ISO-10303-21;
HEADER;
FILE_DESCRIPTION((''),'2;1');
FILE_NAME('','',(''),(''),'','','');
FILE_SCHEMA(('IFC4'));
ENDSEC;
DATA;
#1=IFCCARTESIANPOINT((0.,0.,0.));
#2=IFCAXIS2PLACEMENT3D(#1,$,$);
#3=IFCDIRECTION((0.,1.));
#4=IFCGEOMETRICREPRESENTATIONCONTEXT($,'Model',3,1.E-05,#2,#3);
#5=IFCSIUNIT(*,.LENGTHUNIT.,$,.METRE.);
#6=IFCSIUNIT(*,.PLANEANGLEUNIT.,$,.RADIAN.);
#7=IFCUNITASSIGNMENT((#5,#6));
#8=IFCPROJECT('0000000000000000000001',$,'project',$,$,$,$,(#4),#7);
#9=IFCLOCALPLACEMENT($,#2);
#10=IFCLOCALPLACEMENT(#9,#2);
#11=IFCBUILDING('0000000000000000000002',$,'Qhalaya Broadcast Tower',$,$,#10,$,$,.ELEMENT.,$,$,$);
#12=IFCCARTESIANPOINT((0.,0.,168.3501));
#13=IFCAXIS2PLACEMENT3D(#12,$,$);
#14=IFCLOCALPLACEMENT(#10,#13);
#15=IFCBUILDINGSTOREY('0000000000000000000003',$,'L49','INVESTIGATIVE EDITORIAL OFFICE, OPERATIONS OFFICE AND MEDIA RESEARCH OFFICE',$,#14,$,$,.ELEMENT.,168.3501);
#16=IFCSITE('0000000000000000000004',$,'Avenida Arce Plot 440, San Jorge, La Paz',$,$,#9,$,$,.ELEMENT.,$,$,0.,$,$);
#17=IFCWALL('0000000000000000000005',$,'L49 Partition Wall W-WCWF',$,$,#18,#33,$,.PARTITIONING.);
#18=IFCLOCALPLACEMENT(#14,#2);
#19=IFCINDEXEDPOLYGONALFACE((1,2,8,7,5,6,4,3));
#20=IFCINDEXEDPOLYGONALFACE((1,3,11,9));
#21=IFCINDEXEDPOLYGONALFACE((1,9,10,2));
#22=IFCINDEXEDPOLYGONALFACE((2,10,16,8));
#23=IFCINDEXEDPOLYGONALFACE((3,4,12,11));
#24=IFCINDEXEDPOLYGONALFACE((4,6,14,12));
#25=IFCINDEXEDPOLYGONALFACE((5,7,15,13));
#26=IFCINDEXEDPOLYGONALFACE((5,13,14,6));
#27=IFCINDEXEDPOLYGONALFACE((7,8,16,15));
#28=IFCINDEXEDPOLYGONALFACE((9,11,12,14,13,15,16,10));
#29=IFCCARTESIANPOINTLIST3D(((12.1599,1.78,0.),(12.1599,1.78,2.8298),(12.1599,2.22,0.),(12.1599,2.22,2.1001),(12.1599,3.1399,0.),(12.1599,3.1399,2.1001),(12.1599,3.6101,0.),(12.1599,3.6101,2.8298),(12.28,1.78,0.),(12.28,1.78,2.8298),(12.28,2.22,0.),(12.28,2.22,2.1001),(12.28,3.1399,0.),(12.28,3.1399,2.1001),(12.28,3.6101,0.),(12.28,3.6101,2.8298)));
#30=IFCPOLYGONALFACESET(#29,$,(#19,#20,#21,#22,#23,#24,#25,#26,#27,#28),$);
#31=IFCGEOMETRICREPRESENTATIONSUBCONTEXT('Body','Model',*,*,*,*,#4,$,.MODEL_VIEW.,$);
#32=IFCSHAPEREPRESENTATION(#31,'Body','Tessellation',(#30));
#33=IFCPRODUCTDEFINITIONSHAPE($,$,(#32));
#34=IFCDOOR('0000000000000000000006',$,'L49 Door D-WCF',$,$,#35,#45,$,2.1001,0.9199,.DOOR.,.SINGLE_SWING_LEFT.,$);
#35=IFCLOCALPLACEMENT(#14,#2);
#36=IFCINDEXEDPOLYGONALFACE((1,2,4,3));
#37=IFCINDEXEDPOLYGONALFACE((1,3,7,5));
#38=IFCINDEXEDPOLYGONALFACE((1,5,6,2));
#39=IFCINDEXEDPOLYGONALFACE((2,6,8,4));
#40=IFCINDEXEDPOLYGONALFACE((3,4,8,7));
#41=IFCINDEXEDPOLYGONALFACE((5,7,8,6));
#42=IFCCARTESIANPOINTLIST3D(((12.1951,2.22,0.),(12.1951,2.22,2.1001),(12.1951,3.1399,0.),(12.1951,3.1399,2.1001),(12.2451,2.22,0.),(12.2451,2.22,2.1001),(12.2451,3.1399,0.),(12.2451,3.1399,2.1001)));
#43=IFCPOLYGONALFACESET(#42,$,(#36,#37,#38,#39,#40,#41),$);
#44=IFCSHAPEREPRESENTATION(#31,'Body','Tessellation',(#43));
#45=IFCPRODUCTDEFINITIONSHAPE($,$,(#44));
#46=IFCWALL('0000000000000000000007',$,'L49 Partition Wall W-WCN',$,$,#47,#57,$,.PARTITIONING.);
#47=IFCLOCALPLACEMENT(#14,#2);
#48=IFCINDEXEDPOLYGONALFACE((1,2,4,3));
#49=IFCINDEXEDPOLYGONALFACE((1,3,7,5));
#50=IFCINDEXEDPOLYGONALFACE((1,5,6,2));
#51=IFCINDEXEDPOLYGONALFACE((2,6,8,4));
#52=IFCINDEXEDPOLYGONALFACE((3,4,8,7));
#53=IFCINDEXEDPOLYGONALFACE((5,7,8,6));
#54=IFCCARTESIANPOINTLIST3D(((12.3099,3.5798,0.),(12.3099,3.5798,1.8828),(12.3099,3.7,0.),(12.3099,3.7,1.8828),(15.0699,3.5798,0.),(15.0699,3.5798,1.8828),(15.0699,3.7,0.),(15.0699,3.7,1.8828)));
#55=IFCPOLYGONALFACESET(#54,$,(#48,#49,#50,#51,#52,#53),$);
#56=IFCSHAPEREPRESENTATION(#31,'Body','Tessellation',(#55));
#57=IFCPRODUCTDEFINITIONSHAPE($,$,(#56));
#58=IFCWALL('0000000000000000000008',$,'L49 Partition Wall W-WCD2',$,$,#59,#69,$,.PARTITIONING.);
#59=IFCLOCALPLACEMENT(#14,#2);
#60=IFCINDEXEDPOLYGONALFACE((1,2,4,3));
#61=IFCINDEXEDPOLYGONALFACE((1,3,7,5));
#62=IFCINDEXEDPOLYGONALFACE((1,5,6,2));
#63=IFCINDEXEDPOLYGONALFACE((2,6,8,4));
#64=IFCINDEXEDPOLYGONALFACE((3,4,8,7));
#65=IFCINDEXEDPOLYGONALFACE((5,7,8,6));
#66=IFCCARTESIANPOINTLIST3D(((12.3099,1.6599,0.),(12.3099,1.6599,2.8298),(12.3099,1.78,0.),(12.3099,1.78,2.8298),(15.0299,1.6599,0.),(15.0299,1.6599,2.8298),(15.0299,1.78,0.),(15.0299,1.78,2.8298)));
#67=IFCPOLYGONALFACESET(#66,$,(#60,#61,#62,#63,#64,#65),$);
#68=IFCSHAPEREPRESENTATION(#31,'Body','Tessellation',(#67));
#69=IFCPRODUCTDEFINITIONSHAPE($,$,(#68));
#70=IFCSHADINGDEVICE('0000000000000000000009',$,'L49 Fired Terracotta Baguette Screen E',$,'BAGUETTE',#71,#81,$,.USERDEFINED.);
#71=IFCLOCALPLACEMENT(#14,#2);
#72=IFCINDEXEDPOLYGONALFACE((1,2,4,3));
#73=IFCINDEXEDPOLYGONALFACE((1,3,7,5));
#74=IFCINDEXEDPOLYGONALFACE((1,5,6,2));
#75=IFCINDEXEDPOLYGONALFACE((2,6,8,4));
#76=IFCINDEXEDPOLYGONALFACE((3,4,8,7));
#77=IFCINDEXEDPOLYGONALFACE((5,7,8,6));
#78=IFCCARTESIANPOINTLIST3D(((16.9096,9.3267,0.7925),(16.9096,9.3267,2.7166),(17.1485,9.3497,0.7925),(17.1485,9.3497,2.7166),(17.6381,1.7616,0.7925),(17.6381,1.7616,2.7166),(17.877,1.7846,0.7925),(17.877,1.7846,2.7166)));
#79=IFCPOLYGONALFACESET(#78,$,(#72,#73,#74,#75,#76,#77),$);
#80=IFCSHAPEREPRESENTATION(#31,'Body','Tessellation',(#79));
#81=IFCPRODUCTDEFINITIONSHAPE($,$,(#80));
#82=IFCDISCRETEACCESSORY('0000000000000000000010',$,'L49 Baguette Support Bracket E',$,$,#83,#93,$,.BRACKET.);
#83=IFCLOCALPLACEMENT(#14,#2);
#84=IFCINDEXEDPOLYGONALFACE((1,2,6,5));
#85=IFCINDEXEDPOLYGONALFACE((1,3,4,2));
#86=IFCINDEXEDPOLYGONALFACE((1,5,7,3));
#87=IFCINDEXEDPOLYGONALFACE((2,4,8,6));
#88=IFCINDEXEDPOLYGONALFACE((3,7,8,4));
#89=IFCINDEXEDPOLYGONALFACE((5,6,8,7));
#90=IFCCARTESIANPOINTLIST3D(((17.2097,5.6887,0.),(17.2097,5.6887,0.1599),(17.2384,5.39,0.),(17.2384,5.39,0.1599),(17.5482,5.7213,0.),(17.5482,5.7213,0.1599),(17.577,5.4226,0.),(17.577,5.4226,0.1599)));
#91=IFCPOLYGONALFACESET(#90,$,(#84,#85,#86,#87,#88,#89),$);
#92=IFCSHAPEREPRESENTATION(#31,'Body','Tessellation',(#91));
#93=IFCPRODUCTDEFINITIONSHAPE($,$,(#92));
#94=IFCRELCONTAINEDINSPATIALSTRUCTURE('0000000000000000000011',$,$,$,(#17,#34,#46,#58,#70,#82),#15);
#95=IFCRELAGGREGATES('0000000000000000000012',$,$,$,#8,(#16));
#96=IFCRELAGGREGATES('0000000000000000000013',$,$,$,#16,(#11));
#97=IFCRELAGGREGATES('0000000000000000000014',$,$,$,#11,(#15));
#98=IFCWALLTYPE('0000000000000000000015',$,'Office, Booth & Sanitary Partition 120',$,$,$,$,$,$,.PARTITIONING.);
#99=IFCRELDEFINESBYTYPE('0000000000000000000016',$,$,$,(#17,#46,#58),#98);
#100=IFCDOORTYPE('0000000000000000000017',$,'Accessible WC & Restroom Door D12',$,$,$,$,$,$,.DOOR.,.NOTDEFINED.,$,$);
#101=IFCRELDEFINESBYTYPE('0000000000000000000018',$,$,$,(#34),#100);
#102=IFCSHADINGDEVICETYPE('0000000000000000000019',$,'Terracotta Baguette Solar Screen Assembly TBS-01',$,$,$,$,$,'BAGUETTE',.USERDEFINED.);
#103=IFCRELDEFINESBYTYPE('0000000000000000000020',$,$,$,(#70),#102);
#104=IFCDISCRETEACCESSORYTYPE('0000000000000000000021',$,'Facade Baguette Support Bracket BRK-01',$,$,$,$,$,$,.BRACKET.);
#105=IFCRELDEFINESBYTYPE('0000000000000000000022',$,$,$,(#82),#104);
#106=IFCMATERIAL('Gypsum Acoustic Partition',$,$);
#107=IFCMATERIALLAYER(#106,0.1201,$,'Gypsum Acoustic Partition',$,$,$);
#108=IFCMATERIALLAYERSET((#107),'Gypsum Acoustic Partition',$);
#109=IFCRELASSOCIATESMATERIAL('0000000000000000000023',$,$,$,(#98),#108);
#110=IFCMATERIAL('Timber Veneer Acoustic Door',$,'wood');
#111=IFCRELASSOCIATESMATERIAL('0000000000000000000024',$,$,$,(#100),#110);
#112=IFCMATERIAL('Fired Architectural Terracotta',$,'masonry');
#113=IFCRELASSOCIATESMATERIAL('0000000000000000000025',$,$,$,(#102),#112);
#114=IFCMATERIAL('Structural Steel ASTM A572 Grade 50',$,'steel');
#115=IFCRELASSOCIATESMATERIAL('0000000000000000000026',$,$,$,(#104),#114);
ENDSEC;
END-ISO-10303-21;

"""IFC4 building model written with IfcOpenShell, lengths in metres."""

from ifc_helpers import new_model, si_unit, direction, frame, frame_2d, origin, origin_2d, place, context, subcontext, project, spatial, rectangle, extrude, material, layer, layer_set, type_object, element, fill, save


model = new_model("IFC4")

# Units and contexts
model_context = context("Model", 3, precision=1e-05, world=origin(), true_north=direction((0.0, 1.0)))
body_context = subcontext(model_context, "Body", "Model", "MODEL_VIEW")
ifc_project = project(units=[si_unit("LENGTHUNIT", "METRE"), si_unit("PLANEANGLEUNIT", "RADIAN")], contexts=[model_context])

# Site, building, storey
site_placement = place(None, origin())
site = spatial("IfcSite", under=ifc_project, at=site_placement, Name="Avenida Arce Plot 440, San Jorge, La Paz", CompositionType="ELEMENT", RefElevation=0.0)
building_placement = place(site_placement, origin())
building = spatial("IfcBuilding", under=site, at=building_placement, Name="Qhalaya Broadcast Tower", CompositionType="ELEMENT")
storey_placement = place(building_placement, frame((0.0, 0.0, 168.3501)))
storey = spatial("IfcBuildingStorey", under=building, at=storey_placement, Name="L49", Description="INVESTIGATIVE EDITORIAL OFFICE, OPERATIONS OFFICE AND MEDIA RESEARCH OFFICE", CompositionType="ELEMENT", Elevation=168.3501)

# Shared definitions
ifc_material_1 = material(Name="Structural Steel ASTM A572 Grade 50", Category="steel")

# Shared definitions
ifc_material_2 = material(Name="Fired Architectural Terracotta", Category="masonry")

# Wall, opening, door
ifc_material_3 = material(Name="Gypsum Acoustic Partition")
ifc_material_4 = material(Name="Timber Veneer Acoustic Door", Category="wood")
ifc_layer_1 = layer(ifc_material_3, 0.1201, Name="Gypsum Acoustic Partition")
ifc_layer_set_1 = layer_set([ifc_layer_1], Name="Gypsum Acoustic Partition")
wall_type_1 = type_object("IfcWallType", Name="Office, Booth & Sanitary Partition 120", PredefinedType="PARTITIONING", material=ifc_layer_set_1)
wall_1_placement = place(storey_placement, frame((12.22, 1.78, 0.0), z_axis=(0.0, 0.0, 1.0), x_axis=(0.0, 1.0, 0.0)))
wall_1 = element("IfcWall", 1, at=wall_1_placement, inside=storey, type_object=wall_type_1, Name="L49 Partition Wall W-WCWF", PredefinedType="PARTITIONING", context=body_context, shape_type="SweptSolid", body=[
    extrude(rectangle(XDim=1.8301, YDim=0.1201, at=frame_2d((0.915, 0.0))), origin(), (0.0, 0.0, 1.0), 2.8298),
])
opening_1_placement = place(wall_1_placement, frame((0.4399, 0.0, 0.0)))
opening_1 = element("IfcOpeningElement", 2, at=opening_1_placement, cuts=wall_1, PredefinedType="OPENING", context=body_context, shape_type="SweptSolid", body=[
    extrude(rectangle(XDim=0.9199, YDim=2.1001, at=frame_2d((0.46, 1.05))), frame((0.0, 0.072, 0.0), z_axis=(0.0, -1.0, 0.0), x_axis=(1.0, 0.0, 0.0)), (0.0, 0.0, 1.0), 0.144),
])
door_type_1 = type_object("IfcDoorType", Name="Accessible WC & Restroom Door D12", OperationType="NOTDEFINED", PredefinedType="DOOR", material=ifc_material_4)
door_1_placement = place(opening_1_placement, origin())
door_1 = element("IfcDoor", 3, at=door_1_placement, inside=storey, type_object=door_type_1, Name="L49 Door D-WCF", OperationType="SINGLE_SWING_LEFT", OverallHeight=2.1001, OverallWidth=0.9199, PredefinedType="DOOR", context=body_context, shape_type="SweptSolid", body=[
    extrude(rectangle(XDim=0.9199, YDim=2.1001, at=frame_2d((0.46, 1.05))), frame((0.0, 0.0249, 0.0), z_axis=(0.0, -1.0, 0.0), x_axis=(1.0, 0.0, 0.0)), (0.0, 0.0, 1.0), 0.05),
])
fill(opening_1, door_1)

# Walls
wall_2_placement = place(storey_placement, frame((12.3101, 3.6399, 0.0), z_axis=(0.0, 0.0, 1.0), x_axis=(1.0, 0.0, 0.0)))
element("IfcWall", 4, at=wall_2_placement, inside=storey, type_object=wall_type_1, Name="L49 Partition Wall W-WCN", PredefinedType="PARTITIONING", context=body_context, shape_type="SweptSolid", body=[
    extrude(rectangle(XDim=2.76, YDim=0.1201, at=frame_2d((1.3799, 0.0))), origin(), (0.0, 0.0, 1.0), 1.8828),
])
wall_3_placement = place(storey_placement, frame((12.3101, 1.72, 0.0), z_axis=(0.0, 0.0, 1.0), x_axis=(1.0, 0.0, 0.0)))
element("IfcWall", 5, at=wall_3_placement, inside=storey, type_object=wall_type_1, Name="L49 Partition Wall W-WCD2", PredefinedType="PARTITIONING", context=body_context, shape_type="SweptSolid", body=[
    extrude(rectangle(XDim=2.72, YDim=0.1201, at=frame_2d((1.3599, 0.0))), origin(), (0.0, 0.0, 1.0), 2.8298),
])

# Shading device
shading_device_type = type_object("IfcShadingDeviceType", Name="Terracotta Baguette Solar Screen Assembly TBS-01", ElementType="BAGUETTE", PredefinedType="USERDEFINED", material=ifc_material_2)
shading_device_placement = place(storey_placement, frame((17.3933, 5.5557, 0.7925), z_axis=(0.0, 0.0, 1.0), x_axis=(-0.095846, 0.995396, 0.0)))
element("IfcShadingDevice", 6, at=shading_device_placement, inside=storey, type_object=shading_device_type, Name="L49 Fired Terracotta Baguette Screen E", ObjectType="BAGUETTE", PredefinedType="USERDEFINED", context=body_context, shape_type="SweptSolid", body=[
    extrude(rectangle(XDim=7.6001, YDim=0.24, at=origin_2d()), origin(), (0.0, 0.0, 1.0), 1.9241),
])

# Discrete accessory
discrete_accessory_type = type_object("IfcDiscreteAccessoryType", Name="Facade Baguette Support Bracket BRK-01", PredefinedType="BRACKET", material=ifc_material_1)
discrete_accessory_placement = place(storey_placement, frame((17.3933, 5.5557, 0.0), z_axis=(0.0, 0.0, 1.0), x_axis=(-0.095846, 0.995396, 0.0)))
element("IfcDiscreteAccessory", 7, at=discrete_accessory_placement, inside=storey, type_object=discrete_accessory_type, Name="L49 Baguette Support Bracket E", PredefinedType="BRACKET", context=body_context, shape_type="SweptSolid", body=[
    extrude(rectangle(XDim=0.3, YDim=0.3401, at=origin_2d()), origin(), (0.0, 0.0, 1.0), 0.1599),
])

save(model, "model.ifc")
